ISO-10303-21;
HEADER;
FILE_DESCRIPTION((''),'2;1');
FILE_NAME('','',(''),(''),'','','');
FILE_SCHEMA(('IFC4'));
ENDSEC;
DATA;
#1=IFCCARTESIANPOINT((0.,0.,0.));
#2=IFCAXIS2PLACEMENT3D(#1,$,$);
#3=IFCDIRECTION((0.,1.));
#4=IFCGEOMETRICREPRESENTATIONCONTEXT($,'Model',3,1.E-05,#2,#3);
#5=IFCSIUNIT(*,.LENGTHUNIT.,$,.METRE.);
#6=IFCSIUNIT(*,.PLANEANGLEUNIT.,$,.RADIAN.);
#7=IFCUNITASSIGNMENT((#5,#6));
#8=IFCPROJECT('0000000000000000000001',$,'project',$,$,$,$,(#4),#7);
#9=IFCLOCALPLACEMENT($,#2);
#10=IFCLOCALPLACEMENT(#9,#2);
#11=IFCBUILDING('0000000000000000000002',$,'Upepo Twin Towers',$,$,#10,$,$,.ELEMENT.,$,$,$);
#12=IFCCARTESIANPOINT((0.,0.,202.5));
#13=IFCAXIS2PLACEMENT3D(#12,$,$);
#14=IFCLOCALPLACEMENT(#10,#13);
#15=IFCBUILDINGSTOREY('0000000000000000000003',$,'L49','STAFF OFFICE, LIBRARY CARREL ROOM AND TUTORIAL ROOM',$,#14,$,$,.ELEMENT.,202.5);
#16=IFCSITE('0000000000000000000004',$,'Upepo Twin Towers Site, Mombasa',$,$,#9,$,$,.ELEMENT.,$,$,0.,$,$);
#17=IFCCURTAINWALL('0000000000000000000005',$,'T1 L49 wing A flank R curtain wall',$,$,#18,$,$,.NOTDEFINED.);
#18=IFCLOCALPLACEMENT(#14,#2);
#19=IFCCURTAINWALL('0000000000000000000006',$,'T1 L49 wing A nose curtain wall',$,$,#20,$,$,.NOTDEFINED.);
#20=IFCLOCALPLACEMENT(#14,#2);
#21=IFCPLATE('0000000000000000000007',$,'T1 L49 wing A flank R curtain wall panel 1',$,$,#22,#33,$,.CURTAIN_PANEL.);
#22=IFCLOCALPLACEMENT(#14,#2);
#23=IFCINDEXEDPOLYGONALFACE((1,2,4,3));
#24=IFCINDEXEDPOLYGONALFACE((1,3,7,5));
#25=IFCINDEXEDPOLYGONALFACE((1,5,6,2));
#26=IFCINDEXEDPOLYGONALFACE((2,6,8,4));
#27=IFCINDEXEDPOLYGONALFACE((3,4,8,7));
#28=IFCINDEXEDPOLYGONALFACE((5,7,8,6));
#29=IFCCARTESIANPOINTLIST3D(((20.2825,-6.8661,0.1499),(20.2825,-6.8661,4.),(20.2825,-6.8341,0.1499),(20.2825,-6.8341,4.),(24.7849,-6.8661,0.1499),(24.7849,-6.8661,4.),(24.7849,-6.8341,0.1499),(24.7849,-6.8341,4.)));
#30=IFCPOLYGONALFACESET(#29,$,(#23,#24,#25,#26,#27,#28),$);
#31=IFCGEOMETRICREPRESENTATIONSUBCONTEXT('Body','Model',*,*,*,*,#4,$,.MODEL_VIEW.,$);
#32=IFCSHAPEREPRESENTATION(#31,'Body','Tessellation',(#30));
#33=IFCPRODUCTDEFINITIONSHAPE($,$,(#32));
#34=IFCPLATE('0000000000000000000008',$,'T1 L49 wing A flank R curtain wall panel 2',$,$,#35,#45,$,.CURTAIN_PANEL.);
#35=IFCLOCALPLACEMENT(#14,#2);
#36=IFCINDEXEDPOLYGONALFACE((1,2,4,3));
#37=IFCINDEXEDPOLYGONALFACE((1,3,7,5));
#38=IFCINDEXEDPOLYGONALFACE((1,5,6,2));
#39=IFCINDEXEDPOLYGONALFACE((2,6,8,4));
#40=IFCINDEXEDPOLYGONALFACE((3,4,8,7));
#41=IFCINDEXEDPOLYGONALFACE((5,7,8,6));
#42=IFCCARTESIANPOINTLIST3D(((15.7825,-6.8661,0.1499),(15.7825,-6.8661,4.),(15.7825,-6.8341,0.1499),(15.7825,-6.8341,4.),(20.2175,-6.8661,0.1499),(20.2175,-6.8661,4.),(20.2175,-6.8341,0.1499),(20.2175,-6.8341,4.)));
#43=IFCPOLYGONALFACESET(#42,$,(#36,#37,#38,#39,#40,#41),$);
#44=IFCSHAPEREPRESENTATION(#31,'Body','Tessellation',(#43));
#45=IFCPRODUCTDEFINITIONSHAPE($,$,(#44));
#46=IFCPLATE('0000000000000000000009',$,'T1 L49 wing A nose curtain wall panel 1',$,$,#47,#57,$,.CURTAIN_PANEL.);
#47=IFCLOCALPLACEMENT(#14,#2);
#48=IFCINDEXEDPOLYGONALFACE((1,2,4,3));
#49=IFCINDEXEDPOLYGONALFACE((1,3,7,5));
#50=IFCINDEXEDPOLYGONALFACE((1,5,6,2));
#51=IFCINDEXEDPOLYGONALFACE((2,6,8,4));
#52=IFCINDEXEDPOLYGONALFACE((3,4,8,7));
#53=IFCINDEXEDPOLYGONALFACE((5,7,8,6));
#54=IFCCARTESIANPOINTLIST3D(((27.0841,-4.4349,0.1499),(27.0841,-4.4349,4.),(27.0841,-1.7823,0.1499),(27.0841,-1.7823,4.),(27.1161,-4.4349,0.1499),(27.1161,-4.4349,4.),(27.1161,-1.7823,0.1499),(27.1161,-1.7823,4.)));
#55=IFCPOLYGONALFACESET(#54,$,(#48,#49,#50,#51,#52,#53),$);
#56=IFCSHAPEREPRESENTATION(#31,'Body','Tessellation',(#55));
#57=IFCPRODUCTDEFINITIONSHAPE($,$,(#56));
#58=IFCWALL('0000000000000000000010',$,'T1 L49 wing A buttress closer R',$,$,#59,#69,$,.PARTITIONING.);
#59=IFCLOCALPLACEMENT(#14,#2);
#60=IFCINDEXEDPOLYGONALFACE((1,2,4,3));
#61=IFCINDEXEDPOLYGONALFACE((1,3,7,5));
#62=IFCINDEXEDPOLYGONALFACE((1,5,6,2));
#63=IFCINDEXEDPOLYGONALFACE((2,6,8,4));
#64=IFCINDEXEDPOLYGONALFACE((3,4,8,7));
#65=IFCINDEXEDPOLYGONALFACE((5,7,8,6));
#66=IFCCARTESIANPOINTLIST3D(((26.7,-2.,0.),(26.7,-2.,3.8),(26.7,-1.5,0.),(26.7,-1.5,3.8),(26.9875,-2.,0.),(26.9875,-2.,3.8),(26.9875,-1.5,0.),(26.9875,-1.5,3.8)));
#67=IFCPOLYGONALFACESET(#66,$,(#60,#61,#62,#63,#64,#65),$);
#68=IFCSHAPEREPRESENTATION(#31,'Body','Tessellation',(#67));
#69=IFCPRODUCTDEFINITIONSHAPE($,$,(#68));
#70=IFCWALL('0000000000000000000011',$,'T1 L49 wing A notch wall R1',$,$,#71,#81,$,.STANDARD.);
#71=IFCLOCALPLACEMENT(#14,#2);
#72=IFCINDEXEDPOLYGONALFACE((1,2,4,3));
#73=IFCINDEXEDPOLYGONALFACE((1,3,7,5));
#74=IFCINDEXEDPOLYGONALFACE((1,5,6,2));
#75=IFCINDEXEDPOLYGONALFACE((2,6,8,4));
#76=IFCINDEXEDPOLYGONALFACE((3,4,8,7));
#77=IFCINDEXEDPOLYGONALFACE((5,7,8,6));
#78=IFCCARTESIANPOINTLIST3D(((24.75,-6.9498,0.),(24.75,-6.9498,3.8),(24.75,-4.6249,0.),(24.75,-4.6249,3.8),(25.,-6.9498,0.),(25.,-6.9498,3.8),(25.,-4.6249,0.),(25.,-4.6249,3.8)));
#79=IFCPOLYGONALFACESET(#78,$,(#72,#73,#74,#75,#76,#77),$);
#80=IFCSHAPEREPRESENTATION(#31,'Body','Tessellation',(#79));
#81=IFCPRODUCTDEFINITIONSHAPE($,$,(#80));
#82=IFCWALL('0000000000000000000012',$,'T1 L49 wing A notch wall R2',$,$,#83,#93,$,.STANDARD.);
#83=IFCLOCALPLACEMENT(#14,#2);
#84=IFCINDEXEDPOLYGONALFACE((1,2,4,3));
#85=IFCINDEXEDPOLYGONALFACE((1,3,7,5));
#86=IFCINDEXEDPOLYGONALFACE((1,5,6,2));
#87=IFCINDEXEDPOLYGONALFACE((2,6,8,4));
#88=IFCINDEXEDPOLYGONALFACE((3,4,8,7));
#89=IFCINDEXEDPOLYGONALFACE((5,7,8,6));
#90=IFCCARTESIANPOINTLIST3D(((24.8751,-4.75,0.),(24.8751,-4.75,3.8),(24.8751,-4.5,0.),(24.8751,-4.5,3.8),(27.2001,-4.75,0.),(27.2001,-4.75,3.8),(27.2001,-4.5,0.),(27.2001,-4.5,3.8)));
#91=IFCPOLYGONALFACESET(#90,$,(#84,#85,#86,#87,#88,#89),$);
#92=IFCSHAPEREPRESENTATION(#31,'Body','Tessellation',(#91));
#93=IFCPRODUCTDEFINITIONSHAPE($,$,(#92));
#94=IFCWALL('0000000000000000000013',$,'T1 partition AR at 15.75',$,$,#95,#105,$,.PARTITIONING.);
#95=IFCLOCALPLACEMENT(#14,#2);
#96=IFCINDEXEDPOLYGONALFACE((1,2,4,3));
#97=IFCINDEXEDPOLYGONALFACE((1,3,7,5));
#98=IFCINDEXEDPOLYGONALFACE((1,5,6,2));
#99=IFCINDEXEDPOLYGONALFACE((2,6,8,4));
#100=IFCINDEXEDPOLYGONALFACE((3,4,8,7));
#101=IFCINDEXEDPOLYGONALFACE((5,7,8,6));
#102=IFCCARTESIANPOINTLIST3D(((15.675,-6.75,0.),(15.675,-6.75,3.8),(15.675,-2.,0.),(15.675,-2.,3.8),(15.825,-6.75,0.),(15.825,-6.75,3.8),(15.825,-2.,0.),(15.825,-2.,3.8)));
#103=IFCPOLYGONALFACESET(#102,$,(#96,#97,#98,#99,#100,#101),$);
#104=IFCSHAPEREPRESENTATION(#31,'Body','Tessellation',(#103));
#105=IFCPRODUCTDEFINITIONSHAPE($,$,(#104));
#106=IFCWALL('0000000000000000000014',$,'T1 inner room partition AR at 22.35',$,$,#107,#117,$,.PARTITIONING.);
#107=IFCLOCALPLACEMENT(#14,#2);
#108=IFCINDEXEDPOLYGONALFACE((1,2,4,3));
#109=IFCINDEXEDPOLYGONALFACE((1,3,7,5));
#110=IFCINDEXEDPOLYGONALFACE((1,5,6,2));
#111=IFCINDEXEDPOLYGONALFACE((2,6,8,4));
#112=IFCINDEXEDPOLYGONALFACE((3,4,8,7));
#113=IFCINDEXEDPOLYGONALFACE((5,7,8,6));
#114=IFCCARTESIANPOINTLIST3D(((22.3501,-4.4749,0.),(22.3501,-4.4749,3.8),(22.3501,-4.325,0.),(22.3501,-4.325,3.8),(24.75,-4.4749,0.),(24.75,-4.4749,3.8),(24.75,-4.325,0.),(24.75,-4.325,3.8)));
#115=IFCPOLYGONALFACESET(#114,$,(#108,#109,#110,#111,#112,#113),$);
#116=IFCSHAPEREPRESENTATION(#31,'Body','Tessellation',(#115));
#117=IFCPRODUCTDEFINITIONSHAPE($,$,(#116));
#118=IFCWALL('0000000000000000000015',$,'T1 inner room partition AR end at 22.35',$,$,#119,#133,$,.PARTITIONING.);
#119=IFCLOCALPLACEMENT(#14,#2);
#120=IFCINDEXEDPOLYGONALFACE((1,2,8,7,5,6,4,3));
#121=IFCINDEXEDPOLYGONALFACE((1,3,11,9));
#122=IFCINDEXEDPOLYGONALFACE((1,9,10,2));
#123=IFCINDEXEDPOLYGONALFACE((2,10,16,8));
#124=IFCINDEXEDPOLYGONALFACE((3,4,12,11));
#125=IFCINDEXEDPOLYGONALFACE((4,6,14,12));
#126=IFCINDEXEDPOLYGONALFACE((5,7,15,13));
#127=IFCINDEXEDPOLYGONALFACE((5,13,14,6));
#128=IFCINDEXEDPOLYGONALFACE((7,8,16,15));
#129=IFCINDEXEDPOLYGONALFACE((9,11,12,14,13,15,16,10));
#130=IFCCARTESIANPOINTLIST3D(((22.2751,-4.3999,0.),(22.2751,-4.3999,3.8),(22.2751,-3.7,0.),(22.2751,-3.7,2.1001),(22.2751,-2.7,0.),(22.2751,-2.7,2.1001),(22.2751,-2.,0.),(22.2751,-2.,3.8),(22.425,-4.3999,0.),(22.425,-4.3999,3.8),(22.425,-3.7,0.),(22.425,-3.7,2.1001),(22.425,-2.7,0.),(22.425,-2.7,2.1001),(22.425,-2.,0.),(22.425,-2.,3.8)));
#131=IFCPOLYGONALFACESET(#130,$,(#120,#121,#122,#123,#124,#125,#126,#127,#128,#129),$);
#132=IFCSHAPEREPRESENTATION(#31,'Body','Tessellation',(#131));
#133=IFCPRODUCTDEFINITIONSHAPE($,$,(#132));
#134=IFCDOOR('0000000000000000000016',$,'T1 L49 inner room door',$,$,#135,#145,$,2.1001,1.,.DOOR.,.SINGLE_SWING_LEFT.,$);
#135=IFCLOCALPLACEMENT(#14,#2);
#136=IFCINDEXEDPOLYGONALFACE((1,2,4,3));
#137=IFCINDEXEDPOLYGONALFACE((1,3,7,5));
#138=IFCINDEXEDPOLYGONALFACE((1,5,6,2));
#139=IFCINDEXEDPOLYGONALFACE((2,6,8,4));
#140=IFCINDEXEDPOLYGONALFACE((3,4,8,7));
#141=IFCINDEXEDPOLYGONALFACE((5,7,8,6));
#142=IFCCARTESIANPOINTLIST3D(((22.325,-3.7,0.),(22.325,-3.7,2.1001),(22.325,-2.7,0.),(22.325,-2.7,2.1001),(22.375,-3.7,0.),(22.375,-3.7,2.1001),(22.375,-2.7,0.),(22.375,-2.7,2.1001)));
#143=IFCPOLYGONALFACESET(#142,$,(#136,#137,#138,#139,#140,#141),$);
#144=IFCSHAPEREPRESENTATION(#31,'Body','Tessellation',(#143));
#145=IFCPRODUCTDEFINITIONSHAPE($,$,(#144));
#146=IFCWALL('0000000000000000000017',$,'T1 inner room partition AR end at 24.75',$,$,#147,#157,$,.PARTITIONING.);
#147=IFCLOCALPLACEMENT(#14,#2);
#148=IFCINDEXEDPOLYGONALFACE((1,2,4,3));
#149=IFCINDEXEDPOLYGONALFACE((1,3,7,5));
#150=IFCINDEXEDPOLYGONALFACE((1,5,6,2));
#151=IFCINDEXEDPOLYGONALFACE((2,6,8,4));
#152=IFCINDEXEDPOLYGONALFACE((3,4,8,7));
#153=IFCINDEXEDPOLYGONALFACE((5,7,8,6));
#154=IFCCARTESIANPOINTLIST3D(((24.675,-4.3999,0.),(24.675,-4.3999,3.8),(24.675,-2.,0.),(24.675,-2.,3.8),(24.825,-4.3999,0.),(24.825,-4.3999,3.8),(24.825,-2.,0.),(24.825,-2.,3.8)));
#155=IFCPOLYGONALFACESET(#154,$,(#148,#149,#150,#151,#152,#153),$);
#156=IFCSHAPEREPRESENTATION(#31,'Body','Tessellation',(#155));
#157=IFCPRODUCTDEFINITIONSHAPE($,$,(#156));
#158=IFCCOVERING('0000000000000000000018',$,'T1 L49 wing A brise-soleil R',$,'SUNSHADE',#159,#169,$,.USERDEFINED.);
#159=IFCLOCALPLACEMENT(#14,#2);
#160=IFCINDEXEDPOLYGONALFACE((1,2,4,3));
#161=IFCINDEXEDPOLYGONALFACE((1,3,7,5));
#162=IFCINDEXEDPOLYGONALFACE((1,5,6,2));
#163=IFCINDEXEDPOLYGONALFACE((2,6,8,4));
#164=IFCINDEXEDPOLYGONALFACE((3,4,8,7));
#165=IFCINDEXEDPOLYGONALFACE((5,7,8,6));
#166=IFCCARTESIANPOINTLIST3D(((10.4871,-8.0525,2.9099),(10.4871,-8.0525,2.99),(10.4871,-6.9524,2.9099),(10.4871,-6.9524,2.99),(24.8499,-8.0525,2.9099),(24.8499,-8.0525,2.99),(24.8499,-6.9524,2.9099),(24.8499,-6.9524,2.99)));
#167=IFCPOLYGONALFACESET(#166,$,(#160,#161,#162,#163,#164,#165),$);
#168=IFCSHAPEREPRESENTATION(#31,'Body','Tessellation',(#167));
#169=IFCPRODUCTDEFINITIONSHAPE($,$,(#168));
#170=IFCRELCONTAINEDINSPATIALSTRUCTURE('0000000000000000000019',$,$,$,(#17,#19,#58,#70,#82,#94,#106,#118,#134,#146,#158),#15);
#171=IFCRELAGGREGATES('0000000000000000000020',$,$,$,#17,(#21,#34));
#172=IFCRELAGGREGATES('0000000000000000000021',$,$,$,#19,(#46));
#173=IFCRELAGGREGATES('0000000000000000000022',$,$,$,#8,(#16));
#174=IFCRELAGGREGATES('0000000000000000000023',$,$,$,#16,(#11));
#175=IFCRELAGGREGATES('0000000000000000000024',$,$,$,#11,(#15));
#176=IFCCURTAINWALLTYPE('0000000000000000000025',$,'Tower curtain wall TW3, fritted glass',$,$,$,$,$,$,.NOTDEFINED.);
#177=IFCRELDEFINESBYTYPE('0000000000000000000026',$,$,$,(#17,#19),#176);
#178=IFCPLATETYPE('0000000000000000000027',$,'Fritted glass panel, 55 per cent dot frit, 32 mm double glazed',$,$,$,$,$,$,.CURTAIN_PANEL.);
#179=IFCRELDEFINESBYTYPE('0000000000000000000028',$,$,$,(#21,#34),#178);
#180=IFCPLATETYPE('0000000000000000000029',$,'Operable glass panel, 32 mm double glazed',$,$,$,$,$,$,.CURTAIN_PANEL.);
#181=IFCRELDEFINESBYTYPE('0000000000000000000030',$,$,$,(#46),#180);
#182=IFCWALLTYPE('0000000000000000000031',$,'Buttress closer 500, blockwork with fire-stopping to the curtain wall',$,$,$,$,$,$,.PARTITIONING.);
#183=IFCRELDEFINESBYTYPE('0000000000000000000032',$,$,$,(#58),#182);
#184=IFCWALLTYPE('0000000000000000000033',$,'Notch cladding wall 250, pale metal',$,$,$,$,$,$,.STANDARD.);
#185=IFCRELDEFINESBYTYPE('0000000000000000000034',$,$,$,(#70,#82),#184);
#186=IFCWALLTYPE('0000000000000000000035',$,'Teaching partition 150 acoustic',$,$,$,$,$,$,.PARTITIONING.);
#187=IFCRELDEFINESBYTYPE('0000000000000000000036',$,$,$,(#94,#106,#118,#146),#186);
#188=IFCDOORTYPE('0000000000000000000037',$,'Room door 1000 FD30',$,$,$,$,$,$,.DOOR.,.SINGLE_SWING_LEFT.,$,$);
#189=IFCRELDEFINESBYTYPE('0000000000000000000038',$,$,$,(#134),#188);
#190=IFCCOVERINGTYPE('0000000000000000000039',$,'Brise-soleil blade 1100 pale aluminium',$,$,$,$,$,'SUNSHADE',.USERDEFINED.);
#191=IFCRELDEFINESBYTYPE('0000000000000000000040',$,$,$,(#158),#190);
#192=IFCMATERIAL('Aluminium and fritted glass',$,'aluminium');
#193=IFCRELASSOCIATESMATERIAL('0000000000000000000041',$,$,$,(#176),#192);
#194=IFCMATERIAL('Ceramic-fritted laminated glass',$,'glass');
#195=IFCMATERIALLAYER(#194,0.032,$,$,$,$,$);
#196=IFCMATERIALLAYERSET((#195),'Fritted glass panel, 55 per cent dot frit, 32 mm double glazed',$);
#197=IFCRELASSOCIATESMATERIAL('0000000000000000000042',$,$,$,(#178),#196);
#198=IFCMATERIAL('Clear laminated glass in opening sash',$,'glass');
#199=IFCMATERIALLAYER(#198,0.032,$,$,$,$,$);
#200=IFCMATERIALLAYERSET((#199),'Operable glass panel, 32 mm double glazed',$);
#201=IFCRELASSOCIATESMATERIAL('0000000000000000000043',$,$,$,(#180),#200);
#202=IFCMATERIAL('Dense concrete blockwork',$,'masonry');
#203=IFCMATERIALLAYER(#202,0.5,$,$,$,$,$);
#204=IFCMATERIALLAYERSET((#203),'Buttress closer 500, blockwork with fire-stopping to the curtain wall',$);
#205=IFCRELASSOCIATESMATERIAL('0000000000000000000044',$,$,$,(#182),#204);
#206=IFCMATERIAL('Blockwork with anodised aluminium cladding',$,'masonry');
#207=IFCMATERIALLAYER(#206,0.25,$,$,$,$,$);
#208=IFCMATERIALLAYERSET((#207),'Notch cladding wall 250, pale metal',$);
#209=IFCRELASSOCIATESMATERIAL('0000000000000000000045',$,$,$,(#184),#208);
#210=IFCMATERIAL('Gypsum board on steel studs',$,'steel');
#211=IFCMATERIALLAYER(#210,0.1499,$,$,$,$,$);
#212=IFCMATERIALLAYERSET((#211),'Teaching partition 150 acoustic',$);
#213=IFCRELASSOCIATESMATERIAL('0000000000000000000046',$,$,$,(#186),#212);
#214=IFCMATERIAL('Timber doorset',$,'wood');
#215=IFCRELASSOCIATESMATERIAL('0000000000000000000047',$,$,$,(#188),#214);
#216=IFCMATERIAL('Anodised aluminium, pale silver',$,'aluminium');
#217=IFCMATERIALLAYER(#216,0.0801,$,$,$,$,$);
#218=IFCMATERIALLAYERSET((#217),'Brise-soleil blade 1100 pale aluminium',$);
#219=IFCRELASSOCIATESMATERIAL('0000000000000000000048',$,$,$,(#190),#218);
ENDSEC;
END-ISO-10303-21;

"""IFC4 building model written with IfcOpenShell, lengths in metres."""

from ifc_helpers import new_model, si_unit, direction, frame, frame_2d, origin, origin_2d, place, context, subcontext, project, spatial, rectangle, extrude, material, layer, layer_set, type_object, element, fill, aggregate, save


model = new_model("IFC4")

# Units and contexts
model_context = context("Model", 3, precision=1e-05, world=origin(), true_north=direction((0.0, 1.0)))
body_context = subcontext(model_context, "Body", "Model", "MODEL_VIEW")
ifc_project = project(units=[si_unit("LENGTHUNIT", "METRE"), si_unit("PLANEANGLEUNIT", "RADIAN")], contexts=[model_context])

# Site, building, storey
site_placement = place(None, origin())
site = spatial("IfcSite", under=ifc_project, at=site_placement, Name="Upepo Twin Towers Site, Mombasa", CompositionType="ELEMENT", RefElevation=0.0)
building_placement = place(site_placement, origin())
building = spatial("IfcBuilding", under=site, at=building_placement, Name="Upepo Twin Towers", CompositionType="ELEMENT")
storey_placement = place(building_placement, frame((0.0, 0.0, 202.5)))
storey = spatial("IfcBuildingStorey", under=building, at=storey_placement, Name="L49", Description="STAFF OFFICE, LIBRARY CARREL ROOM AND TUTORIAL ROOM", CompositionType="ELEMENT", Elevation=202.5)

# Curtain wall
ifc_material_1 = material(Name="Aluminium and fritted glass", Category="aluminium")
curtain_wall_type = type_object("IfcCurtainWallType", Name="Tower curtain wall TW3, fritted glass", PredefinedType="NOTDEFINED", material=ifc_material_1)
curtain_wall_1_placement = place(storey_placement, origin())
curtain_wall_1 = element("IfcCurtainWall", 1, at=curtain_wall_1_placement, inside=storey, type_object=curtain_wall_type, Name="T1 L49 wing A flank R curtain wall", PredefinedType="NOTDEFINED")

# Curtain wall
curtain_wall_2_placement = place(storey_placement, origin())
curtain_wall_2 = element("IfcCurtainWall", 2, at=curtain_wall_2_placement, inside=storey, type_object=curtain_wall_type, Name="T1 L49 wing A nose curtain wall", PredefinedType="NOTDEFINED")

# Plates
ifc_material_2 = material(Name="Ceramic-fritted laminated glass", Category="glass")
ifc_layer_1 = layer(ifc_material_2, 0.032)
ifc_layer_set_1 = layer_set([ifc_layer_1], Name="Fritted glass panel, 55 per cent dot frit, 32 mm double glazed")
plate_type_1 = type_object("IfcPlateType", Name="Fritted glass panel, 55 per cent dot frit, 32 mm double glazed", PredefinedType="CURTAIN_PANEL", material=ifc_layer_set_1)
plate_1_placement = place(storey_placement, frame((22.5337, -6.8501, 0.1499), z_axis=(0.0, 0.0, 1.0), x_axis=(-1.0, 0.0, 0.0)))
plate_1 = element("IfcPlate", 3, at=plate_1_placement, type_object=plate_type_1, Name="T1 L49 wing A flank R curtain wall panel 1", PredefinedType="CURTAIN_PANEL", context=body_context, shape_type="SweptSolid", body=[
    extrude(rectangle(XDim=4.5024, YDim=0.032, at=origin_2d()), origin(), (0.0, 0.0, 1.0), 3.8501),
])
plate_2_placement = place(storey_placement, frame((18.0, -6.8501, 0.1499), z_axis=(0.0, 0.0, 1.0), x_axis=(-1.0, 0.0, 0.0)))
plate_2 = element("IfcPlate", 4, at=plate_2_placement, type_object=plate_type_1, Name="T1 L49 wing A flank R curtain wall panel 2", PredefinedType="CURTAIN_PANEL", context=body_context, shape_type="SweptSolid", body=[
    extrude(rectangle(XDim=4.4351, YDim=0.032, at=origin_2d()), origin(), (0.0, 0.0, 1.0), 3.8501),
])
aggregate(curtain_wall_1, [plate_1, plate_2])
ifc_material_3 = material(Name="Clear laminated glass in opening sash", Category="glass")
ifc_layer_2 = layer(ifc_material_3, 0.032)
ifc_layer_set_2 = layer_set([ifc_layer_2], Name="Operable glass panel, 32 mm double glazed")
plate_type_2 = type_object("IfcPlateType", Name="Operable glass panel, 32 mm double glazed", PredefinedType="CURTAIN_PANEL", material=ifc_layer_set_2)
plate_3_placement = place(storey_placement, frame((27.1001, -3.1086, 0.1499), z_axis=(0.0, 0.0, 1.0), x_axis=(0.0, 1.0, 0.0)))
plate_3 = element("IfcPlate", 5, at=plate_3_placement, type_object=plate_type_2, Name="T1 L49 wing A nose curtain wall panel 1", PredefinedType="CURTAIN_PANEL", context=body_context, shape_type="SweptSolid", body=[
    extrude(rectangle(XDim=2.6526, YDim=0.032, at=origin_2d()), origin(), (0.0, 0.0, 1.0), 3.8501),
])
aggregate(curtain_wall_2, [plate_3])

# Walls
ifc_material_4 = material(Name="Dense concrete blockwork", Category="masonry")
ifc_layer_3 = layer(ifc_material_4, 0.5)
ifc_layer_set_3 = layer_set([ifc_layer_3], Name="Buttress closer 500, blockwork with fire-stopping to the curtain wall")
wall_type_1 = type_object("IfcWallType", Name="Buttress closer 500, blockwork with fire-stopping to the curtain wall", PredefinedType="PARTITIONING", material=ifc_layer_set_3)
wall_1_placement = place(storey_placement, frame((26.7, -1.75, 0.0), z_axis=(0.0, 0.0, 1.0), x_axis=(1.0, 0.0, 0.0)))
element("IfcWall", 6, at=wall_1_placement, inside=storey, type_object=wall_type_1, Name="T1 L49 wing A buttress closer R", PredefinedType="PARTITIONING", context=body_context, shape_type="SweptSolid", body=[
    extrude(rectangle(XDim=0.2876, YDim=0.5, at=frame_2d((0.1438, 0.0))), origin(), (0.0, 0.0, 1.0), 3.8),
])
ifc_material_5 = material(Name="Blockwork with anodised aluminium cladding", Category="masonry")
ifc_layer_4 = layer(ifc_material_5, 0.25)
ifc_layer_set_4 = layer_set([ifc_layer_4], Name="Notch cladding wall 250, pale metal")
wall_type_2 = type_object("IfcWallType", Name="Notch cladding wall 250, pale metal", PredefinedType="STANDARD", material=ifc_layer_set_4)
for number, where, z_axis, x_axis, name in (
    (7, (24.875, -6.95, 0.0), (0.0, 0.0, 1.0), (0.0, 1.0, 0.0), "T1 L49 wing A notch wall R1"),
    (8, (24.875, -4.625, 0.0), (0.0, 0.0, 1.0), (1.0, 0.0, 0.0), "T1 L49 wing A notch wall R2"),
):
    element("IfcWall", number, at=place(storey_placement, frame(where, z_axis=z_axis, x_axis=x_axis)), inside=storey, type_object=wall_type_2, Name=name, PredefinedType="STANDARD", context=body_context, shape_type="SweptSolid", body=[
        extrude(rectangle(XDim=2.325, YDim=0.25, at=frame_2d((1.1626, 0.0))), origin(), (0.0, 0.0, 1.0), 3.8),
    ])
ifc_material_6 = material(Name="Gypsum board on steel studs", Category="steel")
ifc_layer_5 = layer(ifc_material_6, 0.1499)
ifc_layer_set_5 = layer_set([ifc_layer_5], Name="Teaching partition 150 acoustic")
wall_type_3 = type_object("IfcWallType", Name="Teaching partition 150 acoustic", PredefinedType="PARTITIONING", material=ifc_layer_set_5)
wall_2_placement = place(storey_placement, frame((15.75, -2.0, 0.0), z_axis=(0.0, 0.0, 1.0), x_axis=(0.0, -1.0, 0.0)))
element("IfcWall", 9, at=wall_2_placement, inside=storey, type_object=wall_type_3, Name="T1 partition AR at 15.75", PredefinedType="PARTITIONING", context=body_context, shape_type="SweptSolid", body=[
    extrude(rectangle(XDim=4.75, YDim=0.1499, at=frame_2d((2.375, 0.0))), origin(), (0.0, 0.0, 1.0), 3.8),
])
wall_3_placement = place(storey_placement, frame((22.3501, -4.3999, 0.0), z_axis=(0.0, 0.0, 1.0), x_axis=(1.0, 0.0, 0.0)))
element("IfcWall", 10, at=wall_3_placement, inside=storey, type_object=wall_type_3, Name="T1 inner room partition AR at 22.35", PredefinedType="PARTITIONING", context=body_context, shape_type="SweptSolid", body=[
    extrude(rectangle(XDim=2.3999, YDim=0.1499, at=frame_2d((1.2, 0.0))), origin(), (0.0, 0.0, 1.0), 3.8),
])

# Wall, opening, door
wall_4_placement = place(storey_placement, frame((22.3501, -2.0, 0.0), z_axis=(0.0, 0.0, 1.0), x_axis=(0.0, -1.0, 0.0)))
wall_4 = element("IfcWall", 11, at=wall_4_placement, inside=storey, type_object=wall_type_3, Name="T1 inner room partition AR end at 22.35", PredefinedType="PARTITIONING", context=body_context, shape_type="SweptSolid", body=[
    extrude(rectangle(XDim=2.3999, YDim=0.1499, at=frame_2d((1.2, 0.0))), origin(), (0.0, 0.0, 1.0), 3.8),
])
opening_placement = place(wall_4_placement, frame((0.7, 0.0, 0.0)))
opening = element("IfcOpeningElement", 12, at=opening_placement, cuts=wall_4, PredefinedType="OPENING", context=body_context, shape_type="SweptSolid", body=[
    extrude(rectangle(XDim=1.0, YDim=2.1001, at=frame_2d((0.5, 1.05))), frame((0.0, 0.085, 0.0), z_axis=(0.0, -1.0, 0.0), x_axis=(1.0, 0.0, 0.0)), (0.0, 0.0, 1.0), 0.1699),
])
ifc_material_7 = material(Name="Timber doorset", Category="wood")
door_type = type_object("IfcDoorType", Name="Room door 1000 FD30", OperationType="SINGLE_SWING_LEFT", PredefinedType="DOOR", material=ifc_material_7)
door_placement = place(opening_placement, origin())
door = element("IfcDoor", 13, at=door_placement, inside=storey, type_object=door_type, Name="T1 L49 inner room door", OperationType="SINGLE_SWING_LEFT", OverallHeight=2.1001, OverallWidth=1.0, PredefinedType="DOOR", context=body_context, shape_type="SweptSolid", body=[
    extrude(rectangle(XDim=1.0, YDim=2.1001, at=frame_2d((0.5, 1.05))), frame((0.0, 0.0249, 0.0), z_axis=(0.0, -1.0, 0.0), x_axis=(1.0, 0.0, 0.0)), (0.0, 0.0, 1.0), 0.05),
])
fill(opening, door)

# Wall
wall_5_placement = place(storey_placement, frame((24.75, -2.0, 0.0), z_axis=(0.0, 0.0, 1.0), x_axis=(0.0, -1.0, 0.0)))
element("IfcWall", 14, at=wall_5_placement, inside=storey, type_object=wall_type_3, Name="T1 inner room partition AR end at 24.75", PredefinedType="PARTITIONING", context=body_context, shape_type="SweptSolid", body=[
    extrude(rectangle(XDim=2.3999, YDim=0.1499, at=frame_2d((1.2, 0.0))), origin(), (0.0, 0.0, 1.0), 3.8),
])

# Covering
ifc_material_8 = material(Name="Anodised aluminium, pale silver", Category="aluminium")
ifc_layer_6 = layer(ifc_material_8, 0.0801)
ifc_layer_set_6 = layer_set([ifc_layer_6], Name="Brise-soleil blade 1100 pale aluminium")
covering_type = type_object("IfcCoveringType", Name="Brise-soleil blade 1100 pale aluminium", ElementType="SUNSHADE", PredefinedType="USERDEFINED", material=ifc_layer_set_6)
covering_placement = place(storey_placement, frame((17.6685, -7.5024, 2.9099), z_axis=(0.0, 0.0, 1.0), x_axis=(1.0, 0.0, 0.0)))
element("IfcCovering", 15, at=covering_placement, inside=storey, type_object=covering_type, Name="T1 L49 wing A brise-soleil R", ObjectType="SUNSHADE", PredefinedType="USERDEFINED", context=body_context, shape_type="SweptSolid", body=[
    extrude(rectangle(XDim=14.3628, YDim=1.1001, at=origin_2d()), origin(), (0.0, 0.0, 1.0), 0.0801),
])

save(model, "model.ifc")
